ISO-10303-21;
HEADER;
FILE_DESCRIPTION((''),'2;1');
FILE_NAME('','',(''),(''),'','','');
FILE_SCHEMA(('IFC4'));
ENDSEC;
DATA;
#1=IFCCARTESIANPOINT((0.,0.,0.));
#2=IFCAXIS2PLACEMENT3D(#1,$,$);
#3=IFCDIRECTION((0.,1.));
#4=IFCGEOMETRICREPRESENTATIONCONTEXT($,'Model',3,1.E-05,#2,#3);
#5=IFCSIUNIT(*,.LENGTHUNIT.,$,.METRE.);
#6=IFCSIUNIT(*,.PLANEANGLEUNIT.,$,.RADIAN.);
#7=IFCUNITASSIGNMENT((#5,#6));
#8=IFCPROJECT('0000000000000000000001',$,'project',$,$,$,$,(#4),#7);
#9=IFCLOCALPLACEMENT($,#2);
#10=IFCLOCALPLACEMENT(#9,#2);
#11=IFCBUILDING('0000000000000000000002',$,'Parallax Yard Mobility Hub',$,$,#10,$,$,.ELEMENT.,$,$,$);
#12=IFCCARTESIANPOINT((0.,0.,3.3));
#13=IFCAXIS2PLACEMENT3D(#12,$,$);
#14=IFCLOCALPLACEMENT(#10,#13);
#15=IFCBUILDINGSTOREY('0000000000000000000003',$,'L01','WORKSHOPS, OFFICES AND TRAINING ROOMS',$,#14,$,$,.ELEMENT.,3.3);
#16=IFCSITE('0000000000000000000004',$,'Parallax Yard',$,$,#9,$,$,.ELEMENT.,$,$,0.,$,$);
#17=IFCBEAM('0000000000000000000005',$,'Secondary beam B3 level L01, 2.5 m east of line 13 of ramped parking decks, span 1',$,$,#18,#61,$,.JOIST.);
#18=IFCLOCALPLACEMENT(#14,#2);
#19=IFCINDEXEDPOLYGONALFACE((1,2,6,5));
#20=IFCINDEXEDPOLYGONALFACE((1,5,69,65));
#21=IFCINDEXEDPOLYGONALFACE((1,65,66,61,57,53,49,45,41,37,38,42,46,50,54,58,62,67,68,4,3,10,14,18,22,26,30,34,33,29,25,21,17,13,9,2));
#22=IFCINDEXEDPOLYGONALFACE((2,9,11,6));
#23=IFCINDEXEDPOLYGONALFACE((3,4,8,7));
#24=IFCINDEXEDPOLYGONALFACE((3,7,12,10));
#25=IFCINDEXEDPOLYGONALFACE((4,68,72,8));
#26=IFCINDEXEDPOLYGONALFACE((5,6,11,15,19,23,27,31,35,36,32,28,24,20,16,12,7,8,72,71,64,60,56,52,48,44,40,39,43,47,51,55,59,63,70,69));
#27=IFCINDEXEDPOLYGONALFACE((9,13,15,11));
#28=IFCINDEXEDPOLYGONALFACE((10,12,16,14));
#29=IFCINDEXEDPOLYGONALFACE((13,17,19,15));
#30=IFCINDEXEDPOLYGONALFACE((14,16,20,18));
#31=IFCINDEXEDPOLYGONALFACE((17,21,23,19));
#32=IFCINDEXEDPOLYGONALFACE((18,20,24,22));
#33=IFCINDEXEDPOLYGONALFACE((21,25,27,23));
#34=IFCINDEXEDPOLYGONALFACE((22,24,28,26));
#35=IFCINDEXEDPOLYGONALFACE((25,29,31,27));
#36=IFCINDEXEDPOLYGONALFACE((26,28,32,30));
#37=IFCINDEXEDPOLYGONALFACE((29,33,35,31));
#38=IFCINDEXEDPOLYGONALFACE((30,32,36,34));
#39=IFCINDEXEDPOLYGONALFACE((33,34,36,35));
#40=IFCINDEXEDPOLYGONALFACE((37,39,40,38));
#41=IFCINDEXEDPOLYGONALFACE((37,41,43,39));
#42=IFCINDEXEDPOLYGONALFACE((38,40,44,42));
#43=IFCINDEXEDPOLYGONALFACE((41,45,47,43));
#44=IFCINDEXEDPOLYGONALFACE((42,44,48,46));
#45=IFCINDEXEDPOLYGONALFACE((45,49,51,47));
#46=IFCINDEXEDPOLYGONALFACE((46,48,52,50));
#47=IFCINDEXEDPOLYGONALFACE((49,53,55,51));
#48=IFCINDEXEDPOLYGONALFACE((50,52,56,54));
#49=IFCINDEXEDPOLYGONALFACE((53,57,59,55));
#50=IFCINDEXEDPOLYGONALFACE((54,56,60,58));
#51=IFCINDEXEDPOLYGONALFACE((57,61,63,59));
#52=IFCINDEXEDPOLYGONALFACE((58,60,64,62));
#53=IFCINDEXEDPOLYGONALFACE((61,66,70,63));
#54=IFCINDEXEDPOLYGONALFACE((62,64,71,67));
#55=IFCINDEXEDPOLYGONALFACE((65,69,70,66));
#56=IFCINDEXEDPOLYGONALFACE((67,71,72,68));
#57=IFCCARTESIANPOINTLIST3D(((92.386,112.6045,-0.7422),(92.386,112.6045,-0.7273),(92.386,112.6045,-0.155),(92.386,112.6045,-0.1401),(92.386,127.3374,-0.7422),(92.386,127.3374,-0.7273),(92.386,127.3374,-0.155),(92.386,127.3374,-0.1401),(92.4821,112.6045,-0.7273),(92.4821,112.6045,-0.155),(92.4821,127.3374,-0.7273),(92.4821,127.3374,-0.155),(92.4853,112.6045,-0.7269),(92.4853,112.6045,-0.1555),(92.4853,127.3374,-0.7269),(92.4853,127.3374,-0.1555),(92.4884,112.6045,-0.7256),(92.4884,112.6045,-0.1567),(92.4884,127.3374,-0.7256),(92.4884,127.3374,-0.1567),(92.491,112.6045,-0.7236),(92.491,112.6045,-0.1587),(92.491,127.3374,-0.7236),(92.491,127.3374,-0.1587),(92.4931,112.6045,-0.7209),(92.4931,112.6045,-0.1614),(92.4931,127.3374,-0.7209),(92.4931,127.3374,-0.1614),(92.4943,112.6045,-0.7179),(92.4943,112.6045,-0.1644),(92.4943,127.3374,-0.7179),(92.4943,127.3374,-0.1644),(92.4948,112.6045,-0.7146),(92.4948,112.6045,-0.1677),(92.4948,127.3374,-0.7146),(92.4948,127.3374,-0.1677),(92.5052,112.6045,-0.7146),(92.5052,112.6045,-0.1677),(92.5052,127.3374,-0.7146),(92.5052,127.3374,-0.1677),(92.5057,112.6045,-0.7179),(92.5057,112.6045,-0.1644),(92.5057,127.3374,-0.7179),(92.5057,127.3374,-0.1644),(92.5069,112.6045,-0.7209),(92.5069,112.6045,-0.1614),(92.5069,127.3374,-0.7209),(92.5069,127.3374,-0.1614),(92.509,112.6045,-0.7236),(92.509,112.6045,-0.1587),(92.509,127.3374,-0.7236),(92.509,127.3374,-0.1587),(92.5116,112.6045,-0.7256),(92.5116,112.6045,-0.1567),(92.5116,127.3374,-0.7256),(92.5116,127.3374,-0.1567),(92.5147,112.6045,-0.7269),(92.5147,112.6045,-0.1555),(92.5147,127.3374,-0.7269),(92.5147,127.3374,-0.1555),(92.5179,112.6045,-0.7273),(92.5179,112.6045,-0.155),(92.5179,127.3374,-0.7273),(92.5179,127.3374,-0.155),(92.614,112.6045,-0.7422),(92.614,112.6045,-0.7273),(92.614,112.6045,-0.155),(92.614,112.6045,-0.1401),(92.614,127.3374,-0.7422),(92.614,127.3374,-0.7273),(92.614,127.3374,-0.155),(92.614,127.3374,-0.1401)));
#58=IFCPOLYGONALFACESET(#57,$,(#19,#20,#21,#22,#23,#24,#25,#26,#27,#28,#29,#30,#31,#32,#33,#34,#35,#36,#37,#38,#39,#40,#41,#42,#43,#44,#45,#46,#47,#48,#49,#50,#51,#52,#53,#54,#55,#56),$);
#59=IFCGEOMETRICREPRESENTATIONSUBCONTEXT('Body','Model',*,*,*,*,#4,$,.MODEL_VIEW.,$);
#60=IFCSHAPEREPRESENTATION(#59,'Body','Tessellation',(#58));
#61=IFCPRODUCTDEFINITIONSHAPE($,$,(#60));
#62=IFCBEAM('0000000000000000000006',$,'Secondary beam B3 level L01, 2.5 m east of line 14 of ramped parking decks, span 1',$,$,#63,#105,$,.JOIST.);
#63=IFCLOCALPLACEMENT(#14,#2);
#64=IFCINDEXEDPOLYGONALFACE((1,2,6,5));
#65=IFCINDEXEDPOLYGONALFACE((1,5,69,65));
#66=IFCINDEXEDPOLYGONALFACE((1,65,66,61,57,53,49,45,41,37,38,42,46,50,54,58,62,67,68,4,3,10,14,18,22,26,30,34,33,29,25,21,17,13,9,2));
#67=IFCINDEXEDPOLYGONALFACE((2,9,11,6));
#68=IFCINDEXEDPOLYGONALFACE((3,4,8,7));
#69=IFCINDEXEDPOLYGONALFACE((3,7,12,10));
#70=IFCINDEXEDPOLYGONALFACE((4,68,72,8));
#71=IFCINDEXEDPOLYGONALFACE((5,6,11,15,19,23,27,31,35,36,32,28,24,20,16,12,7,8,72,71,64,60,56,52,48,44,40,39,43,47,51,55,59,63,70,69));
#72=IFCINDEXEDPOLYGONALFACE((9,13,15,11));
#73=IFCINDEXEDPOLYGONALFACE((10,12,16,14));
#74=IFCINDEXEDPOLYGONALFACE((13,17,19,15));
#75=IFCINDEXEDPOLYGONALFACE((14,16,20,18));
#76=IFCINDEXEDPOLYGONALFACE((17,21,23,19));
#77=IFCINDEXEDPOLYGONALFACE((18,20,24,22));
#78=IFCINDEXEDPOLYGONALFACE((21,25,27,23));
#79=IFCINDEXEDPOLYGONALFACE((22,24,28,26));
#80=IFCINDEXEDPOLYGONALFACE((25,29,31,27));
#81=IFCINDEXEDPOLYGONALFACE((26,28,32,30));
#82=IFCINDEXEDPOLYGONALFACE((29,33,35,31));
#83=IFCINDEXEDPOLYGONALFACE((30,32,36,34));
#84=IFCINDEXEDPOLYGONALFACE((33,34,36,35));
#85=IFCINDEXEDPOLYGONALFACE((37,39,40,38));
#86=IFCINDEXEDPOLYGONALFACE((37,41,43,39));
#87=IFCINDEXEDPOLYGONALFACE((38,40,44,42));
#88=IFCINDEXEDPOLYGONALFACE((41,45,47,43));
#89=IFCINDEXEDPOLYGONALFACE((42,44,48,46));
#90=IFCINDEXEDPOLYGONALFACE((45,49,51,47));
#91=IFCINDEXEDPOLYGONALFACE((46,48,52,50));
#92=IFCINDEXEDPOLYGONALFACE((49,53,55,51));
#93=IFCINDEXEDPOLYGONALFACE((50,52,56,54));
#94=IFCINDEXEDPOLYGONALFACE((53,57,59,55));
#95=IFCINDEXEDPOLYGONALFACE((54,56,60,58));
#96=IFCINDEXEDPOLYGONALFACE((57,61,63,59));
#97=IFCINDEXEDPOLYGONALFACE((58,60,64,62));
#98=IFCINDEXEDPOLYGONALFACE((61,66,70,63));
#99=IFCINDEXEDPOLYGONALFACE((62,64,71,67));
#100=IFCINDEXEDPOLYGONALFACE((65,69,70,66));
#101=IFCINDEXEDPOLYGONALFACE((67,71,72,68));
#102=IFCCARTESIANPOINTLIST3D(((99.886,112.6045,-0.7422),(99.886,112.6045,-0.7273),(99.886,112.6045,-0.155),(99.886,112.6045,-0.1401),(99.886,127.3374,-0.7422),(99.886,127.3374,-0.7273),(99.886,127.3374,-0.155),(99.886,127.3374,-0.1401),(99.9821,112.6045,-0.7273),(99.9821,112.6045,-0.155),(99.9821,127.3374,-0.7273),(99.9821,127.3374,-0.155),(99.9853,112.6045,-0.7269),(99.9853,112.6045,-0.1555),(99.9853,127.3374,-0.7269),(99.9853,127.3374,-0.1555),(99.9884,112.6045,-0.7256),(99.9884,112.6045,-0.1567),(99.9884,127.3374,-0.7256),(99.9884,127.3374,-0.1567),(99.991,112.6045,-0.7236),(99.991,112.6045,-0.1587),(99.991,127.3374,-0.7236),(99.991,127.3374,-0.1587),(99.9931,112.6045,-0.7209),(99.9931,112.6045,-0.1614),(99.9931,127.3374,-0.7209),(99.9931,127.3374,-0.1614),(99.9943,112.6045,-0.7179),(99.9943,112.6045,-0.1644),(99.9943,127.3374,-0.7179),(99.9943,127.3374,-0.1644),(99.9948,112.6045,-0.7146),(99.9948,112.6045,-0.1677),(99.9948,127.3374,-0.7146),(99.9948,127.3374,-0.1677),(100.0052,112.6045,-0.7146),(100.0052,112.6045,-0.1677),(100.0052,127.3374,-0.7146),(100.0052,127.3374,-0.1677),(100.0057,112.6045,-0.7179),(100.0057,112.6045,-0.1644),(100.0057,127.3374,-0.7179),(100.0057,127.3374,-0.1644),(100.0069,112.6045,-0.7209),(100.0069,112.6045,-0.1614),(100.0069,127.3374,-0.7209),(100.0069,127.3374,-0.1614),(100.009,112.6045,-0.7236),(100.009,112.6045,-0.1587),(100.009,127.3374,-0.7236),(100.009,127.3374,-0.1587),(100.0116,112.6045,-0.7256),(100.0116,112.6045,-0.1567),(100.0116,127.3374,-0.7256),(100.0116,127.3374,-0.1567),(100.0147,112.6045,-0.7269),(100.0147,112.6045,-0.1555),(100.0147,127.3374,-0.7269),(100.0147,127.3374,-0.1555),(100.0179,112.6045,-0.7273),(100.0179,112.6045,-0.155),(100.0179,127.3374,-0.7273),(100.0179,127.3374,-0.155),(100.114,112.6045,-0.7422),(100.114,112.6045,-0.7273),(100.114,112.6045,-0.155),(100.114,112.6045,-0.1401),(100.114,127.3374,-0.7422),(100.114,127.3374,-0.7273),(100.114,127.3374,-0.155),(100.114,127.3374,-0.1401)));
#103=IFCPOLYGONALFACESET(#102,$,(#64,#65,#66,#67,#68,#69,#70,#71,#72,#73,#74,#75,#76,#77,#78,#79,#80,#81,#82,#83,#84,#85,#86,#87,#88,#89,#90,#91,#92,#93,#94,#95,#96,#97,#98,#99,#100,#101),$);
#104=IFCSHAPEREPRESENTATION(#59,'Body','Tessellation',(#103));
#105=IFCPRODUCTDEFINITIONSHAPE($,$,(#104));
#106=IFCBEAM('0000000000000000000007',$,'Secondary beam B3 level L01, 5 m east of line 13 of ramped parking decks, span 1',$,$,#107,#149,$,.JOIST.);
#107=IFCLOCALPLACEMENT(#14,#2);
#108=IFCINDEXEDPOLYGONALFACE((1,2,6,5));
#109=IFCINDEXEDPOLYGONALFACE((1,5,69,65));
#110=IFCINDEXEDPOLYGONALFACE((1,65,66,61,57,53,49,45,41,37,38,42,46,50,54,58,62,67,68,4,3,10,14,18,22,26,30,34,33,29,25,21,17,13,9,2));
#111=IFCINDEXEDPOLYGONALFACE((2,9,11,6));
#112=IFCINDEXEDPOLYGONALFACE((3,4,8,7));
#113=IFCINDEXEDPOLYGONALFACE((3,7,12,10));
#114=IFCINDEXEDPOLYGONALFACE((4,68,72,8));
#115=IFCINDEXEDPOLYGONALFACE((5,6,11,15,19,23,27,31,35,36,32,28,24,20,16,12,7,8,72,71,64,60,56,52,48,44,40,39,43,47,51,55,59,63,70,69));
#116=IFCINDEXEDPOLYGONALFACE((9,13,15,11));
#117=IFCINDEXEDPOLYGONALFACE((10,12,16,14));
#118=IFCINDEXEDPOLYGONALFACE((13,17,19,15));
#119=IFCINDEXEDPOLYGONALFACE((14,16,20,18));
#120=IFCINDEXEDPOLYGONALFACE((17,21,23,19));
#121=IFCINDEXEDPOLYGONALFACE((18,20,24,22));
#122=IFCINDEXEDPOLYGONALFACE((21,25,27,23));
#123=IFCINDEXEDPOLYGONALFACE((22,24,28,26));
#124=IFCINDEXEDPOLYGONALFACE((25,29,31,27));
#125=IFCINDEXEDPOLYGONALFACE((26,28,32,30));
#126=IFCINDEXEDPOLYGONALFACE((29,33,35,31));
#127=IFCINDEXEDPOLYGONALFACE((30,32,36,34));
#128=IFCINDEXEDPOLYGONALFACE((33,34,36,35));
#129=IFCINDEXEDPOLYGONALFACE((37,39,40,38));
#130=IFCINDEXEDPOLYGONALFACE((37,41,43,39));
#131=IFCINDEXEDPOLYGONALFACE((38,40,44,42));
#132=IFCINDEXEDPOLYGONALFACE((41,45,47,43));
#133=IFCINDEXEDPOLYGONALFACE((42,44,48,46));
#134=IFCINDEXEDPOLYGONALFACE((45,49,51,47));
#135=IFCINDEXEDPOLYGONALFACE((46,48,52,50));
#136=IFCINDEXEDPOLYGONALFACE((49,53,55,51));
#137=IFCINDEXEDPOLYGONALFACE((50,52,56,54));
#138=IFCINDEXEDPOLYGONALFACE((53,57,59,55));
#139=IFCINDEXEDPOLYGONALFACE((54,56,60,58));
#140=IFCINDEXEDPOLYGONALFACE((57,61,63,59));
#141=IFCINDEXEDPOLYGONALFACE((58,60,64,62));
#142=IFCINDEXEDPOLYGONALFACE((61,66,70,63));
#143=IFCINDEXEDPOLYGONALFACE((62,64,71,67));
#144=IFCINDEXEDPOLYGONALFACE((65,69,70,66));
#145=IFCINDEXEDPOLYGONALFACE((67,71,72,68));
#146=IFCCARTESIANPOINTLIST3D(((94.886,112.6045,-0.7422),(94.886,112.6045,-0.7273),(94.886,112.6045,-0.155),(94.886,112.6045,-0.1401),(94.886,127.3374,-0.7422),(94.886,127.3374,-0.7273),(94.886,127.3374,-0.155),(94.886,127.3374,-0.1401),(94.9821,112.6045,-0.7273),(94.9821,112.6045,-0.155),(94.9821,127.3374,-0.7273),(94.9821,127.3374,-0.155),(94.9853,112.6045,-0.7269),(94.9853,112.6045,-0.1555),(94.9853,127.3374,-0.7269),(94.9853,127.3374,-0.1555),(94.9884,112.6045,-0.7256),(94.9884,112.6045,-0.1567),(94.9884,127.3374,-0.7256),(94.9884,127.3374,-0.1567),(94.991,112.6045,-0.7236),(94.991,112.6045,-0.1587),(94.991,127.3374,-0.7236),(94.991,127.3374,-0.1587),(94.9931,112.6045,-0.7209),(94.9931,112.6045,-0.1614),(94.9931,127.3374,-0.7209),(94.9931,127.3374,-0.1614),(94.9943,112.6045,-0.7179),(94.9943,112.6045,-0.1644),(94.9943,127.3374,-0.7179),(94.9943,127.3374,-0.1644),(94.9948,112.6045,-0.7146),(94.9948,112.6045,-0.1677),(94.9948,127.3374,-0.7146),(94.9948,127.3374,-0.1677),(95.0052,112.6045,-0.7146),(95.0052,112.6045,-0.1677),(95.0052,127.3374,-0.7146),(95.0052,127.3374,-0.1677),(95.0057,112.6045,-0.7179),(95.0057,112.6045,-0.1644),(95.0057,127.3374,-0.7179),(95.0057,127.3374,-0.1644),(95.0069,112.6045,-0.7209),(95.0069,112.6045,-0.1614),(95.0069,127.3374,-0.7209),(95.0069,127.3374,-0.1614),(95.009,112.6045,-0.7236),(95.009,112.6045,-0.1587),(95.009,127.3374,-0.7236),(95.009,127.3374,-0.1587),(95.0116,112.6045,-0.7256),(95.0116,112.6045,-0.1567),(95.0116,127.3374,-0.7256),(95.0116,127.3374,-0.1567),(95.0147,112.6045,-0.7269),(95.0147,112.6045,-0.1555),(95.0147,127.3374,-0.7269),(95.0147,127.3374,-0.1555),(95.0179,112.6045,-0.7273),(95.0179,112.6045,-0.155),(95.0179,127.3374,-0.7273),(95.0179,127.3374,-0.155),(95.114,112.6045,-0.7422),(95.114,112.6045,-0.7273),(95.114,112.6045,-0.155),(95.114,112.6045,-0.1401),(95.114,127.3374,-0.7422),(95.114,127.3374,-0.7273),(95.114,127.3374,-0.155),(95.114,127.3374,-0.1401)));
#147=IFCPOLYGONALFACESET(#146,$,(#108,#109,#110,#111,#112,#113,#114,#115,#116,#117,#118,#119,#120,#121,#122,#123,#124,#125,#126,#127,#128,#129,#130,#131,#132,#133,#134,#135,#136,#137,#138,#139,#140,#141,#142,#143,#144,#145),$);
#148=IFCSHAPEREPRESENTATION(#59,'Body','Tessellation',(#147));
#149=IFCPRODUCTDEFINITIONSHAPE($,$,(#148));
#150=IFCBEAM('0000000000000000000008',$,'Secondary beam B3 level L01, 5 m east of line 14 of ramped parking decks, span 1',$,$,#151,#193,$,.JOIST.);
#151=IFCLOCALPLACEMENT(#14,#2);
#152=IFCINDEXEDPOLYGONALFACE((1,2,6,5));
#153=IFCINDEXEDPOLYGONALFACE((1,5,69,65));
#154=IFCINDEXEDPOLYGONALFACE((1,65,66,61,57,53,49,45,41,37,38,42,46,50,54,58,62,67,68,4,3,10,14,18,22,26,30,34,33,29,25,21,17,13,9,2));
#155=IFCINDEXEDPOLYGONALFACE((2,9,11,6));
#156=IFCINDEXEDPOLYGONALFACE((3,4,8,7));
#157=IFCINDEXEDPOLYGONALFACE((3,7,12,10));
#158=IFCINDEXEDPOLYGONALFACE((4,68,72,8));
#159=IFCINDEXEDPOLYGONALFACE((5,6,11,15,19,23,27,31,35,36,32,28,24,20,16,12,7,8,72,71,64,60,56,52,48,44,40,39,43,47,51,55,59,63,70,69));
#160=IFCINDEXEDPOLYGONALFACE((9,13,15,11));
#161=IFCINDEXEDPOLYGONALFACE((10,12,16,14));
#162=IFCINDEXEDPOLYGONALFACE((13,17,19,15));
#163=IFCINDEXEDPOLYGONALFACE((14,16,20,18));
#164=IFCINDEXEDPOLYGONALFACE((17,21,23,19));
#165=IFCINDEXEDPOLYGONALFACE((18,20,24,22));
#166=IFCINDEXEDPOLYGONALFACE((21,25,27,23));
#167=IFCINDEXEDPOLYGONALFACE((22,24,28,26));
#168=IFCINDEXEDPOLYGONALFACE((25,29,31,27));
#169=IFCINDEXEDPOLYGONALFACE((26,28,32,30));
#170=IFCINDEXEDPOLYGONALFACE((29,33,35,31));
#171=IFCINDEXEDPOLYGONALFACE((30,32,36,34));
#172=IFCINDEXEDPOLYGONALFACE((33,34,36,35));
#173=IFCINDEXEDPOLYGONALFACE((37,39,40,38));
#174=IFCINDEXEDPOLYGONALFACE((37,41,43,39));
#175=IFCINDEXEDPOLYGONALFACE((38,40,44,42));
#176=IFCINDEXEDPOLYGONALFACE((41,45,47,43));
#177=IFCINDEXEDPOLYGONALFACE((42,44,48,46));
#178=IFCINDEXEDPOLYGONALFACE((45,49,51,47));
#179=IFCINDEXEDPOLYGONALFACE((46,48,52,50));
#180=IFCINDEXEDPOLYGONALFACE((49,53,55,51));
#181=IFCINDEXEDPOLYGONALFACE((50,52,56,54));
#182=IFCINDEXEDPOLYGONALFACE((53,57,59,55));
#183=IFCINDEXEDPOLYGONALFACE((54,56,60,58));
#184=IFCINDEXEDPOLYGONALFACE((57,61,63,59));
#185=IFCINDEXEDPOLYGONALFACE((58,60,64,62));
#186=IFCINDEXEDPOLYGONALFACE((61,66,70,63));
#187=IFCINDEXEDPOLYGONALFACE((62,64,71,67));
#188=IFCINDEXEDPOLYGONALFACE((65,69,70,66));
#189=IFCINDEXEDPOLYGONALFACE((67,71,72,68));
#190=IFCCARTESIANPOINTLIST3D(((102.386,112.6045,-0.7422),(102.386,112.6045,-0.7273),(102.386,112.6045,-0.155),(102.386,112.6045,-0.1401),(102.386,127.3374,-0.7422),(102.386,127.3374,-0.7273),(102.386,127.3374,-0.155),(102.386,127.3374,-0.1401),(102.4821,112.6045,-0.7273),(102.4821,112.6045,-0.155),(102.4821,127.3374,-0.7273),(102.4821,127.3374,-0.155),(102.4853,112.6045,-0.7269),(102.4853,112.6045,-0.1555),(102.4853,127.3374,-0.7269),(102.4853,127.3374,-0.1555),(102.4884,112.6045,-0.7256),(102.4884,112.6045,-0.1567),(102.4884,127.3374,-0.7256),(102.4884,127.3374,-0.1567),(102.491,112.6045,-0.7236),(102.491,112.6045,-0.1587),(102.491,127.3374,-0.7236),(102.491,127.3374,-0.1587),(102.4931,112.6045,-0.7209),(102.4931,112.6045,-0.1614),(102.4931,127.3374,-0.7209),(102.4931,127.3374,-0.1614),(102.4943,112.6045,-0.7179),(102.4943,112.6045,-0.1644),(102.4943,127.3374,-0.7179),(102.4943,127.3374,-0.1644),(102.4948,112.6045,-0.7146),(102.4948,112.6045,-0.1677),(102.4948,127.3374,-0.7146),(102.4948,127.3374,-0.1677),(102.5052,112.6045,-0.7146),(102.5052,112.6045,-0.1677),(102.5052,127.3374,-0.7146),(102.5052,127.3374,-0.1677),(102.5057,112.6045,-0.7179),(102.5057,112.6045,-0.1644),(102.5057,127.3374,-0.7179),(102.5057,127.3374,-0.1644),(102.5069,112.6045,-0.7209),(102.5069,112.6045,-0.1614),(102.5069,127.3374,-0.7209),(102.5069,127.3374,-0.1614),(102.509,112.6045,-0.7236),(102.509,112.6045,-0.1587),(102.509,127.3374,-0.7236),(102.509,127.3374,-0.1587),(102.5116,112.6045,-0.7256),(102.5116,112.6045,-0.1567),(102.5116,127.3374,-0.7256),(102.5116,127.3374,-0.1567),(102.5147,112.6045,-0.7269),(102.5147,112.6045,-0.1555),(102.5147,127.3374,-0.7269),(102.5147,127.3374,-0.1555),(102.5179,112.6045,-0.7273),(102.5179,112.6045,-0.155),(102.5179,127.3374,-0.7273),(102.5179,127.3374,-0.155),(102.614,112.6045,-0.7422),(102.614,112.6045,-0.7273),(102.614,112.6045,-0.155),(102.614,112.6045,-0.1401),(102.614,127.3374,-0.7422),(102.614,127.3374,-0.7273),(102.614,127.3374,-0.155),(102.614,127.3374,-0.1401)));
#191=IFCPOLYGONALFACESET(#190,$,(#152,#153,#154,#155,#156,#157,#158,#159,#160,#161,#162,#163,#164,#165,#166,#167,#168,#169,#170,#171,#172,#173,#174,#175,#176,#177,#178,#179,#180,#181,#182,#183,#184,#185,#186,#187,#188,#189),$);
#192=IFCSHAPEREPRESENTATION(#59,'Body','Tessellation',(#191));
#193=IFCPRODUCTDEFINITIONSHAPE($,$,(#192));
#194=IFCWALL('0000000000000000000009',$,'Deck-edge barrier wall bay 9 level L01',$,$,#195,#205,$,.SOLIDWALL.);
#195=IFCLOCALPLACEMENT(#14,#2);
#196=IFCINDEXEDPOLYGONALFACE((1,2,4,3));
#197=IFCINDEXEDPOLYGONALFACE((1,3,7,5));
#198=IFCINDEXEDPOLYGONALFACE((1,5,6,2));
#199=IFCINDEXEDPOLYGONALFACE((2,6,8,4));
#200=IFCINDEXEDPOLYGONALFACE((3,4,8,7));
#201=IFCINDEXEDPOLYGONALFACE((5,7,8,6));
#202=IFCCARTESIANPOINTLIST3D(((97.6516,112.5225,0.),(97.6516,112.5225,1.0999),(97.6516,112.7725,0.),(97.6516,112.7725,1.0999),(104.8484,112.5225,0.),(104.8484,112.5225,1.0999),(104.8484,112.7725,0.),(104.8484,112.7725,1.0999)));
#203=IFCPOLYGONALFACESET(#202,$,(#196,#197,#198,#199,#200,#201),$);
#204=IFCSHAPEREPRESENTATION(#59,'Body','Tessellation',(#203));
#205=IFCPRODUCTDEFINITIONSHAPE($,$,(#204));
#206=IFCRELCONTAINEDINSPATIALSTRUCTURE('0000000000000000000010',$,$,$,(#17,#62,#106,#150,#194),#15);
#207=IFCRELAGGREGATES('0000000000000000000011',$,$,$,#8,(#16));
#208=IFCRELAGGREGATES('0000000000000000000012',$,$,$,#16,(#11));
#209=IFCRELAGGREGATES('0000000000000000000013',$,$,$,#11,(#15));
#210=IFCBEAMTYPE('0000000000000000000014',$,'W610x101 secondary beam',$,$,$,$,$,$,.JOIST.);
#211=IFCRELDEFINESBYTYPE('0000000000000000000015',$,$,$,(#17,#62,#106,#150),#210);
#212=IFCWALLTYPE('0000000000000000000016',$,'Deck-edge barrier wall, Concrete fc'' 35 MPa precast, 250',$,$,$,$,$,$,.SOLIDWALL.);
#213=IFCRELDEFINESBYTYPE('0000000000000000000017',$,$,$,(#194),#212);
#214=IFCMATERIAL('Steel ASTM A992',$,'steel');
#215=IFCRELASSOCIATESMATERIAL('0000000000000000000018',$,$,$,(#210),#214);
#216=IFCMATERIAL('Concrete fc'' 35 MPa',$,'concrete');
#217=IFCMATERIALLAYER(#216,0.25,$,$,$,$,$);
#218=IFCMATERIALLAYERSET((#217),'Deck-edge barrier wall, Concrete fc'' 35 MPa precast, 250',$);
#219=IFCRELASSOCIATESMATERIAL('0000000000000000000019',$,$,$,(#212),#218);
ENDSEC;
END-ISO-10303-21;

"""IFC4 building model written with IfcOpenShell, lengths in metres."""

from ifc_helpers import new_model, si_unit, direction, frame, frame_2d, origin, origin_2d, place, context, subcontext, project, spatial, rectangle, i_section, extrude, material, layer, layer_set, material_profile, profile_set, type_object, element, save


model = new_model("IFC4")

# Units and contexts
model_context = context("Model", 3, precision=1e-05, world=origin(), true_north=direction((0.0, 1.0)))
body_context = subcontext(model_context, "Body", "Model", "MODEL_VIEW")
ifc_project = project(units=[si_unit("LENGTHUNIT", "METRE"), si_unit("PLANEANGLEUNIT", "RADIAN")], contexts=[model_context])

# Site, building, storey
site_placement = place(None, origin())
site = spatial("IfcSite", under=ifc_project, at=site_placement, Name="Parallax Yard", CompositionType="ELEMENT", RefElevation=0.0)
building_placement = place(site_placement, origin())
building = spatial("IfcBuilding", under=site, at=building_placement, Name="Parallax Yard Mobility Hub", CompositionType="ELEMENT")
storey_placement = place(building_placement, frame((0.0, 0.0, 3.3)))
storey = spatial("IfcBuildingStorey", under=building, at=storey_placement, Name="L01", Description="WORKSHOPS, OFFICES AND TRAINING ROOMS", CompositionType="ELEMENT", Elevation=3.3)

# Shared definitions
ifc_material_1 = material(Name="Steel ASTM A992", Category="steel")

# Beams
ifc_material_profile_1 = material_profile(ifc_material_1, i_section(OverallWidth=0.228, OverallDepth=0.6021, WebThickness=0.0105, FlangeThickness=0.0149, FilletRadius=0.0127, at=origin_2d()), Name="W610x101")
ifc_profile_set_1 = profile_set([ifc_material_profile_1], Name="Steel ASTM A992")
beam_type_1 = type_object("IfcBeamType", Name="W610x101 secondary beam", PredefinedType="JOIST", material=ifc_profile_set_1)
for number, where, z_axis, x_axis, name in (
    (1, (92.5, 112.6045, -0.4412), (0.0, 1.0, 0.0), (-1.0, 0.0, 0.0), "Secondary beam B3 level L01, 2.5 m east of line 13 of ramped parking decks, span 1"),
    (2, (100.0, 112.6045, -0.4412), (0.0, 1.0, 0.0), (-1.0, 0.0, 0.0), "Secondary beam B3 level L01, 2.5 m east of line 14 of ramped parking decks, span 1"),
    (3, (95.0, 112.6045, -0.4412), (0.0, 1.0, 0.0), (-1.0, 0.0, 0.0), "Secondary beam B3 level L01, 5 m east of line 13 of ramped parking decks, span 1"),
    (4, (102.5, 112.6045, -0.4412), (0.0, 1.0, 0.0), (-1.0, 0.0, 0.0), "Secondary beam B3 level L01, 5 m east of line 14 of ramped parking decks, span 1"),
):
    element("IfcBeam", number, at=place(storey_placement, frame(where, z_axis=z_axis, x_axis=x_axis)), inside=storey, type_object=beam_type_1, Name=name, PredefinedType="JOIST", context=body_context, shape_type="SweptSolid", body=[
        extrude(i_section(OverallWidth=0.228, OverallDepth=0.6021, WebThickness=0.0105, FlangeThickness=0.0149, FilletRadius=0.0127, at=origin_2d()), origin(), (0.0, 0.0, 1.0), 14.7329),
    ])

# Wall
ifc_material_2 = material(Name="Concrete fc' 35 MPa", Category="concrete")
ifc_layer = layer(ifc_material_2, 0.25)
ifc_layer_set = layer_set([ifc_layer], Name="Deck-edge barrier wall, Concrete fc' 35 MPa precast, 250")
wall_type = type_object("IfcWallType", Name="Deck-edge barrier wall, Concrete fc' 35 MPa precast, 250", PredefinedType="SOLIDWALL", material=ifc_layer_set)
for number, where, z_axis, x_axis, name in (
    (5, (97.6516, 112.6475, 0.0), (0.0, 0.0, 1.0), (1.0, 0.0, 0.0), "Deck-edge barrier wall bay 9 level L01"),
):
    element("IfcWall", number, at=place(storey_placement, frame(where, z_axis=z_axis, x_axis=x_axis)), inside=storey, type_object=wall_type, Name=name, PredefinedType="SOLIDWALL", context=body_context, shape_type="SweptSolid", body=[
        extrude(rectangle(XDim=7.1968, YDim=0.25, at=frame_2d((3.5984, 0.0))), origin(), (0.0, 0.0, 1.0), 1.0999),
    ])

save(model, "model.ifc")
